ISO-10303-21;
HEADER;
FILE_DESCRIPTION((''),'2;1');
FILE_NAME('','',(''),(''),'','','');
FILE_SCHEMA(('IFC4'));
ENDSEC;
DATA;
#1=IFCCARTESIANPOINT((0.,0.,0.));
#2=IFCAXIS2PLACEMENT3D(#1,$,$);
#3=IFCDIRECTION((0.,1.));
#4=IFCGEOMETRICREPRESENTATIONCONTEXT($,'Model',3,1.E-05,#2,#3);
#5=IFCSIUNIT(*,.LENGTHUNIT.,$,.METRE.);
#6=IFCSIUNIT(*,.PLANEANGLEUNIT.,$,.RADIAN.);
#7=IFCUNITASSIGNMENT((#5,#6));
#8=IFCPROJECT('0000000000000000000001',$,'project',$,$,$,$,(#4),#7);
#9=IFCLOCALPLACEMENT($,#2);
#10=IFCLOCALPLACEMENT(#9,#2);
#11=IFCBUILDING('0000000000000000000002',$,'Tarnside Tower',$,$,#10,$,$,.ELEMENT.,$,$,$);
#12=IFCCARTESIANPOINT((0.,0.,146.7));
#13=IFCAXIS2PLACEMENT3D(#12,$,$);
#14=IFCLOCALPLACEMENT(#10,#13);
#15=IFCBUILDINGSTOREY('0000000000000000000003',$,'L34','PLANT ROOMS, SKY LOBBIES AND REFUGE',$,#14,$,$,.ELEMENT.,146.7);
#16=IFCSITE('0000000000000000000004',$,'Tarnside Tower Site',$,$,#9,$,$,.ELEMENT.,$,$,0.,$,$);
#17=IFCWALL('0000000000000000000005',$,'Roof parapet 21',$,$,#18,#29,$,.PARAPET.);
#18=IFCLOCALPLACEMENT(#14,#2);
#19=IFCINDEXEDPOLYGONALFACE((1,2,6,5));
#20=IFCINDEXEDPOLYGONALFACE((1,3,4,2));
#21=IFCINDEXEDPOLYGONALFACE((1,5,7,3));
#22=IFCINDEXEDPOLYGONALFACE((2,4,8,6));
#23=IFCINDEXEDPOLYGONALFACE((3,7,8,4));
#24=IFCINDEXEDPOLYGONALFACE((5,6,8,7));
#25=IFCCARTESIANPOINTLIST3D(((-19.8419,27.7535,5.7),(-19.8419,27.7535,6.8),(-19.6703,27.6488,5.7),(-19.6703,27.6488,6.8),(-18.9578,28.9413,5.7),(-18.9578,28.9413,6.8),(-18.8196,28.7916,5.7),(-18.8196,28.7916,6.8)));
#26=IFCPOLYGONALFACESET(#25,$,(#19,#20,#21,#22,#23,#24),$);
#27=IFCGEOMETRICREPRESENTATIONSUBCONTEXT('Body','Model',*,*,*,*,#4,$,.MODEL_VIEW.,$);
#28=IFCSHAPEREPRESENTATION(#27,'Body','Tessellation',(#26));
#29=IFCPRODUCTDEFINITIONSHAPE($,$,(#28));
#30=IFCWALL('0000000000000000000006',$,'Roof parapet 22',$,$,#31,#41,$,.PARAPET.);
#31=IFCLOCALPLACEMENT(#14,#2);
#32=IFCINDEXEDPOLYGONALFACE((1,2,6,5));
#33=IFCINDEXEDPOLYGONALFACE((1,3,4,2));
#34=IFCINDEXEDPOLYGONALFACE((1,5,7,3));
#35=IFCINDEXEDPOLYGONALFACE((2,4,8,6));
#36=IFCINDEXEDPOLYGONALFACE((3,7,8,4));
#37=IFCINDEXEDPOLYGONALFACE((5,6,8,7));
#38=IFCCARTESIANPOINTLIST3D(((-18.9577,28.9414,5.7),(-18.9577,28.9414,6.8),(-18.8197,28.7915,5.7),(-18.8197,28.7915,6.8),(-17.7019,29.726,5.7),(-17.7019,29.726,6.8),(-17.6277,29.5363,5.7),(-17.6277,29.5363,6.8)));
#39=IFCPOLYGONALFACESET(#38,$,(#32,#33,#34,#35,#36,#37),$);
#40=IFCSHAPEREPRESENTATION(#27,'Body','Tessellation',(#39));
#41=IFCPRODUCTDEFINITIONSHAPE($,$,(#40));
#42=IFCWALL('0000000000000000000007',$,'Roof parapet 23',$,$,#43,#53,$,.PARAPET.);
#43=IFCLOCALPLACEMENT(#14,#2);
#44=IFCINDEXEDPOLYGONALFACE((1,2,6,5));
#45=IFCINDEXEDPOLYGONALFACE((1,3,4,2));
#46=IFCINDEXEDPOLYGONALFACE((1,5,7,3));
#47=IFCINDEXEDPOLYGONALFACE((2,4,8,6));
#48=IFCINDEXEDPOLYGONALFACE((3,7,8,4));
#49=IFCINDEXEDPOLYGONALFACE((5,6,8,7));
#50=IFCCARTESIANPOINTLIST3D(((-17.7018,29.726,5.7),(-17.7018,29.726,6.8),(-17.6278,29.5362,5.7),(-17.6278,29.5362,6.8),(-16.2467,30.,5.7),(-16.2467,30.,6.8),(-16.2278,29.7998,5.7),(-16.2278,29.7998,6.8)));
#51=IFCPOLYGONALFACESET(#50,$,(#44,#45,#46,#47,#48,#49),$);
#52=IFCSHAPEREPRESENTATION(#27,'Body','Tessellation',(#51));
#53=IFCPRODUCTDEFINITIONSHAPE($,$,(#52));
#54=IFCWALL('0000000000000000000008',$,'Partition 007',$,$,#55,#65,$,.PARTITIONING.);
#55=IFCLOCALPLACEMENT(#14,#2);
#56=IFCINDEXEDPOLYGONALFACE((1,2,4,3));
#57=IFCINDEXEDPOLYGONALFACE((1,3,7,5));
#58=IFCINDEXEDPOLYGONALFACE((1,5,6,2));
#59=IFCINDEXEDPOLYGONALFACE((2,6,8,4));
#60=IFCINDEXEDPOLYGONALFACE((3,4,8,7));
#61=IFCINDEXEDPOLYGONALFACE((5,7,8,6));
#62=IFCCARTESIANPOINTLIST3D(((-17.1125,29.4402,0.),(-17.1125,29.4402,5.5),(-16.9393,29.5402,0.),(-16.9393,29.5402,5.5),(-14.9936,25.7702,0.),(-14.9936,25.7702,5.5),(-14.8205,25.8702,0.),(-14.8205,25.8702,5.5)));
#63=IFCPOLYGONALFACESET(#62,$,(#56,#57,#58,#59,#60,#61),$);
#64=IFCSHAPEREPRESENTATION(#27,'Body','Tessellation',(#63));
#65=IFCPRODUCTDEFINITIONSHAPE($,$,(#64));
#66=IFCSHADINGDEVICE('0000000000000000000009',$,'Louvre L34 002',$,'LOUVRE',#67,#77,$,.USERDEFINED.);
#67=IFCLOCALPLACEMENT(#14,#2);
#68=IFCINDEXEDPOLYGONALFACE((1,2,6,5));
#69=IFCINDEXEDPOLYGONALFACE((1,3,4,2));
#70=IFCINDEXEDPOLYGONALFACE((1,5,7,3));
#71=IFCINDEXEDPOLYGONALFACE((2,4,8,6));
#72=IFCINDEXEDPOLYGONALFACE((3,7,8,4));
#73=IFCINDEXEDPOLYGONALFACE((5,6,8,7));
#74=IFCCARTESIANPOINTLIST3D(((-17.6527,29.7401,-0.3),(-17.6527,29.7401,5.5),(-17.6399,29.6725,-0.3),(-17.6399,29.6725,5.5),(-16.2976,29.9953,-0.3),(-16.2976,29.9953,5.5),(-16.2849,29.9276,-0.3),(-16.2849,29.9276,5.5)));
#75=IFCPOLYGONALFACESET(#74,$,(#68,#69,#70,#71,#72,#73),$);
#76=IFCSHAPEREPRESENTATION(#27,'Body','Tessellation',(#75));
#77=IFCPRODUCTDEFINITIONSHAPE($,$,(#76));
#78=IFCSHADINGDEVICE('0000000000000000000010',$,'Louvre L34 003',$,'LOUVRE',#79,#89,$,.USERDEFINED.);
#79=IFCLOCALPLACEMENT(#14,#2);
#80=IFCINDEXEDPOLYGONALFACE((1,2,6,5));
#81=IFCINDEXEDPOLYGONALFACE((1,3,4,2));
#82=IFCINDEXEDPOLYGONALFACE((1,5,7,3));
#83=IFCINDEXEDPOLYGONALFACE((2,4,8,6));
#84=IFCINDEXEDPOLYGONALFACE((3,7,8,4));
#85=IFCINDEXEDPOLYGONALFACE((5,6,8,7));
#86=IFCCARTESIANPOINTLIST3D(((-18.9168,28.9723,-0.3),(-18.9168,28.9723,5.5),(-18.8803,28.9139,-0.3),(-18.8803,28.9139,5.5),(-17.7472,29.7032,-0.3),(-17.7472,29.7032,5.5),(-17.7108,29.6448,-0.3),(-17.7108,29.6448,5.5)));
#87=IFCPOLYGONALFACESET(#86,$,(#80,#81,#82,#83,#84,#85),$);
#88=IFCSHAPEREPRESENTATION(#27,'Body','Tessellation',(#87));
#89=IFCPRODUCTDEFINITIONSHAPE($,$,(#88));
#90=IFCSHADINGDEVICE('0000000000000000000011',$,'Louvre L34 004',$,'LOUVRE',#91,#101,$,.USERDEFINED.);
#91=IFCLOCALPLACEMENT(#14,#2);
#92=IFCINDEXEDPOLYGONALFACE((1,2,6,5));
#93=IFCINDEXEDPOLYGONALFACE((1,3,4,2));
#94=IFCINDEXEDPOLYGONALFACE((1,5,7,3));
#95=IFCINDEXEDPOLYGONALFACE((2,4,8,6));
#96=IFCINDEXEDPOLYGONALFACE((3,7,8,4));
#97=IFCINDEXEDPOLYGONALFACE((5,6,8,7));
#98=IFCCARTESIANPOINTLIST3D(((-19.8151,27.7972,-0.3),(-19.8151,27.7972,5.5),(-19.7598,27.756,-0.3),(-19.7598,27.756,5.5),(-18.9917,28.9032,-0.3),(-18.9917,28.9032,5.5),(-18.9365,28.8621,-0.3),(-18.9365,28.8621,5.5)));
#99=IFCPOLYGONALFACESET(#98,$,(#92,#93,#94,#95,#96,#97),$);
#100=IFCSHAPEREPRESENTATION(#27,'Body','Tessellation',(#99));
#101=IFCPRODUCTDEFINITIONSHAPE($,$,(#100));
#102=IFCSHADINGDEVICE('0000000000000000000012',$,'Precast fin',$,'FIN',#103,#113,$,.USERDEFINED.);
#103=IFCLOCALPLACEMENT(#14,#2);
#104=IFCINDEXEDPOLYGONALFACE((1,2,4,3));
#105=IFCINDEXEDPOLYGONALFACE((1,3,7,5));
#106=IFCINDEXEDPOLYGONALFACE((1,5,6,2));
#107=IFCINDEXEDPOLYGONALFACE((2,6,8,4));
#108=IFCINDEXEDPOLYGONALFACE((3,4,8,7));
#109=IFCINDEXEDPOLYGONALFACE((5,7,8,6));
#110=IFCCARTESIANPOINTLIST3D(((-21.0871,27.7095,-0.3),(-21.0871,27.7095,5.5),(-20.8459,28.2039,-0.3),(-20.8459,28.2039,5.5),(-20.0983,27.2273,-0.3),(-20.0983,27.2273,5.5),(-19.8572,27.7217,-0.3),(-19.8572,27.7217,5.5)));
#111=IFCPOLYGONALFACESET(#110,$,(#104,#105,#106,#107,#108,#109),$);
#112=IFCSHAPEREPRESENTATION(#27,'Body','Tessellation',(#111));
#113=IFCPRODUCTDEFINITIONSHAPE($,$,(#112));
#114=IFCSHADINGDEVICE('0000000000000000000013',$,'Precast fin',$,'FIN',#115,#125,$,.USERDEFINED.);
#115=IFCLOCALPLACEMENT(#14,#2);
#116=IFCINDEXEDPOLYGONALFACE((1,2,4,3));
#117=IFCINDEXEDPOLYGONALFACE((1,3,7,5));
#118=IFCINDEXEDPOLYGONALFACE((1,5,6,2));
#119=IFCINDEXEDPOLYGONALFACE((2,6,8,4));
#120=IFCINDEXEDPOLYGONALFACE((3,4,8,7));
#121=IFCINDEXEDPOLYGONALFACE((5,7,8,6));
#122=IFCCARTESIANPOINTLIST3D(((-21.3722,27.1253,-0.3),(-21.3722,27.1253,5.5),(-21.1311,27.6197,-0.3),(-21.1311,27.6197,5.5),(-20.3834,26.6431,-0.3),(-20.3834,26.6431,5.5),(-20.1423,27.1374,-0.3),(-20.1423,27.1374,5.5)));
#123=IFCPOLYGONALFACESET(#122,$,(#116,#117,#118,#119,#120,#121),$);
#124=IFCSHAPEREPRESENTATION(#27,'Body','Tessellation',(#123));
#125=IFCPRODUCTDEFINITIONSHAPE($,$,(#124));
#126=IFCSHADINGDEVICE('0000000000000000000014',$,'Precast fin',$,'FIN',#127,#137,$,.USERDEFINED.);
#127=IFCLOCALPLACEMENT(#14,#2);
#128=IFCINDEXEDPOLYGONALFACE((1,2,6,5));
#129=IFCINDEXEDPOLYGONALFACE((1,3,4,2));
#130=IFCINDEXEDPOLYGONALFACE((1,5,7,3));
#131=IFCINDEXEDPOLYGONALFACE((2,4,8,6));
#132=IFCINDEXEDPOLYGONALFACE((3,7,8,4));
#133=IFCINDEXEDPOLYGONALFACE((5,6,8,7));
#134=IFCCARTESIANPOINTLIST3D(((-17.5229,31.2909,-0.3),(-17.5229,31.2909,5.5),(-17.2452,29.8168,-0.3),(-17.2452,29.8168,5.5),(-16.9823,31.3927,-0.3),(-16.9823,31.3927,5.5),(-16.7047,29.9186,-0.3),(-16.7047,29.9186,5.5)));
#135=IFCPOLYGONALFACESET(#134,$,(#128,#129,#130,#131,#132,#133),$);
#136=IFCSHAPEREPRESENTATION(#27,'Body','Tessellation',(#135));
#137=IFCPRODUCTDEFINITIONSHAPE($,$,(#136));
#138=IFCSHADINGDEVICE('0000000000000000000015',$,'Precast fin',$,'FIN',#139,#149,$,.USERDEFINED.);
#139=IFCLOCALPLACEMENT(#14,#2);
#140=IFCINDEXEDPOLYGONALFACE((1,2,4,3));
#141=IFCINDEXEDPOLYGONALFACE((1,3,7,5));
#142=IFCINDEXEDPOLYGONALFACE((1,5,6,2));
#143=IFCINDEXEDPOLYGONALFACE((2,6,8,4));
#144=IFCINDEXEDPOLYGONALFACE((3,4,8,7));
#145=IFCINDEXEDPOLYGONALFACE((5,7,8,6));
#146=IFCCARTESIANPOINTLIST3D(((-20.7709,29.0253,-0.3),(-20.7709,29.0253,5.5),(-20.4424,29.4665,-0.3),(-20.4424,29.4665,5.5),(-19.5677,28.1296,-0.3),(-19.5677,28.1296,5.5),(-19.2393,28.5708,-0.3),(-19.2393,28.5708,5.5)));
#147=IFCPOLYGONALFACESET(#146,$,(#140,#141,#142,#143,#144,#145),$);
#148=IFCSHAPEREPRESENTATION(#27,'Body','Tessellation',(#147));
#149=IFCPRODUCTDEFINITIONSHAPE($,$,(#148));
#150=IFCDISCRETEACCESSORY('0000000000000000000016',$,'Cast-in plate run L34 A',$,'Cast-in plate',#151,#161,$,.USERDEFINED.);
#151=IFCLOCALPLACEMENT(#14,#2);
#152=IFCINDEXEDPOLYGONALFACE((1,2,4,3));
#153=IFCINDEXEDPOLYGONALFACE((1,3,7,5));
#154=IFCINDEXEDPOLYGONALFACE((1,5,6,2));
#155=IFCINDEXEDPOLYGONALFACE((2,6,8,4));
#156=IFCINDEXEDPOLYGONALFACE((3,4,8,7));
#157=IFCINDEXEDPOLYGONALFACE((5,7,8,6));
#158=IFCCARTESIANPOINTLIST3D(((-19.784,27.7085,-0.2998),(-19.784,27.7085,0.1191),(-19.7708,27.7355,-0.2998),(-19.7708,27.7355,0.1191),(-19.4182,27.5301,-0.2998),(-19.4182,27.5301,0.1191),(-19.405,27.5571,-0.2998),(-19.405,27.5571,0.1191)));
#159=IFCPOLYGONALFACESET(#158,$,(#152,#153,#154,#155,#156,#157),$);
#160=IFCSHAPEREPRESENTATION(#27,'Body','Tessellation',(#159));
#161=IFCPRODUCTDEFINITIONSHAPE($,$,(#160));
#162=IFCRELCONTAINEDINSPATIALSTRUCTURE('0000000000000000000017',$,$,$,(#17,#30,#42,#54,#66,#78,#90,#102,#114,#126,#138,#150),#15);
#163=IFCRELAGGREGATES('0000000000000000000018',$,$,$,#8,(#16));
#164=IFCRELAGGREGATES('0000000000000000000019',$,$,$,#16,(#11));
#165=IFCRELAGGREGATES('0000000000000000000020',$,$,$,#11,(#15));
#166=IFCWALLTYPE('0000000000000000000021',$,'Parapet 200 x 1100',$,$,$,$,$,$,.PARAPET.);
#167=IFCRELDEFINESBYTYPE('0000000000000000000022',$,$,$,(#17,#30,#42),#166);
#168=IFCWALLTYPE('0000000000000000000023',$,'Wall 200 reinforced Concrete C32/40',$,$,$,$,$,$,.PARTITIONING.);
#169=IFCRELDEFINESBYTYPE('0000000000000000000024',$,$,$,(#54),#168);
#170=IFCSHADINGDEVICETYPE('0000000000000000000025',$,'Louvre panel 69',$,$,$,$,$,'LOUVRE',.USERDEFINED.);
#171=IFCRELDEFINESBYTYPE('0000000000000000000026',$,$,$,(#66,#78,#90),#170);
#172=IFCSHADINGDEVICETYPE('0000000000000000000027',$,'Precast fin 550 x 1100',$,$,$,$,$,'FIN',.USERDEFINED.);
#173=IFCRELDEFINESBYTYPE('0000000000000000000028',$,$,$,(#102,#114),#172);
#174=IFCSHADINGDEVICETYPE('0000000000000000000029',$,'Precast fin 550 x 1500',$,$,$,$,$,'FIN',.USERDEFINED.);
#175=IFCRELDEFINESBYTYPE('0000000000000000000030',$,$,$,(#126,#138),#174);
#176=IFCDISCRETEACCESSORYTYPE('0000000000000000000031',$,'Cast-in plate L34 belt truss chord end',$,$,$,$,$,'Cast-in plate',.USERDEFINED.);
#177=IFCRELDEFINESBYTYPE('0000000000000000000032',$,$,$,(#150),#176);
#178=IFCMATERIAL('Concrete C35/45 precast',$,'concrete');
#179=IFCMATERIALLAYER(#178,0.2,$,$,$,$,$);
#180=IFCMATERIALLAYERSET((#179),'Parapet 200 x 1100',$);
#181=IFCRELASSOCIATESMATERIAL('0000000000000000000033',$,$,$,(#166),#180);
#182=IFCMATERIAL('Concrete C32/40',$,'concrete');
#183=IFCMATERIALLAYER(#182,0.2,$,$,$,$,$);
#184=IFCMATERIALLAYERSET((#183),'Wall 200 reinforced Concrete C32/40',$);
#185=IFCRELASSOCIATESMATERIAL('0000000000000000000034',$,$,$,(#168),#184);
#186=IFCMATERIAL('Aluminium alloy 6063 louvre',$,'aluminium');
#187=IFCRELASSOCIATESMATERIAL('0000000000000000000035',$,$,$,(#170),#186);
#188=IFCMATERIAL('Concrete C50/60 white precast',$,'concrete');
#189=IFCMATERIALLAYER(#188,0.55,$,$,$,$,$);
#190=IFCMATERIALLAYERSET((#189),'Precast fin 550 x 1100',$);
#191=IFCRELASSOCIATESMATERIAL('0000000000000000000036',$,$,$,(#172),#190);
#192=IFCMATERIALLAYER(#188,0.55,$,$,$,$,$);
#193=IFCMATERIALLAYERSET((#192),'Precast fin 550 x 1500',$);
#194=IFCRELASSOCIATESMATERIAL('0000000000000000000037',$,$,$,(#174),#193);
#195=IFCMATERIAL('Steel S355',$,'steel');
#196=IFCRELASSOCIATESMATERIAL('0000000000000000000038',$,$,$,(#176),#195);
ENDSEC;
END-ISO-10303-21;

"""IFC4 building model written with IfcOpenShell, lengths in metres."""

from ifc_helpers import new_model, si_unit, direction, frame, frame_2d, origin, origin_2d, place, context, subcontext, project, spatial, polyline, rectangle, outline, extrude, material, layer, layer_set, type_object, element, save


model = new_model("IFC4")

# Units and contexts
model_context = context("Model", 3, precision=1e-05, world=origin(), true_north=direction((0.0, 1.0)))
body_context = subcontext(model_context, "Body", "Model", "MODEL_VIEW")
ifc_project = project(units=[si_unit("LENGTHUNIT", "METRE"), si_unit("PLANEANGLEUNIT", "RADIAN")], contexts=[model_context])

# Site, building, storey
site_placement = place(None, origin())
site = spatial("IfcSite", under=ifc_project, at=site_placement, Name="Tarnside Tower Site", CompositionType="ELEMENT", RefElevation=0.0)
building_placement = place(site_placement, origin())
building = spatial("IfcBuilding", under=site, at=building_placement, Name="Tarnside Tower", CompositionType="ELEMENT")
storey_placement = place(building_placement, frame((0.0, 0.0, 146.7)))
storey = spatial("IfcBuildingStorey", under=building, at=storey_placement, Name="L34", Description="PLANT ROOMS, SKY LOBBIES AND REFUGE", CompositionType="ELEMENT", Elevation=146.7)

# Shared definitions
ifc_material_1 = material(Name="Steel S355", Category="steel")

# Walls
ifc_material_2 = material(Name="Concrete C35/45 precast", Category="concrete")
ifc_layer_1 = layer(ifc_material_2, 0.2)
ifc_layer_set_1 = layer_set([ifc_layer_1], Name="Parapet 200 x 1100")
wall_type_1 = type_object("IfcWallType", Name="Parapet 200 x 1100", PredefinedType="PARAPET", material=ifc_layer_set_1)
wall_1_placement = place(storey_placement, frame((-19.7561, 27.7012, 5.7), z_axis=(0.0, 0.0, 1.0), x_axis=(0.597119, 0.802153, 0.0)))
element("IfcWall", 1, at=wall_1_placement, inside=storey, type_object=wall_type_1, Name="Roof parapet 21", PredefinedType="PARAPET", context=body_context, shape_type="SweptSolid", body=[
    extrude(outline(polyline([(0.0093, -0.1001), (1.4338, -0.1001), (1.4714, 0.1001), (-0.0093, 0.1001), (0.0093, -0.1001)])), origin(), (0.0, 0.0, 1.0), 1.1001),
])
wall_2_placement = place(storey_placement, frame((-18.8887, 28.8665, 5.7), z_axis=(0.0, 0.0, 1.0), x_axis=(0.848084, 0.529862, 0.0)))
element("IfcWall", 2, at=wall_2_placement, inside=storey, type_object=wall_type_1, Name="Roof parapet 22", PredefinedType="PARAPET", context=body_context, shape_type="SweptSolid", body=[
    extrude(outline(polyline([(0.0188, -0.1001), (1.4243, -0.1001), (1.4619, 0.1001), (-0.0188, 0.1001), (0.0188, -0.1001)])), origin(), (0.0, 0.0, 1.0), 1.1001),
])
wall_3_placement = place(storey_placement, frame((-17.6648, 29.6311, 5.7), z_axis=(0.0, 0.0, 1.0), x_axis=(0.982729, 0.18505, 0.0)))
element("IfcWall", 3, at=wall_3_placement, inside=storey, type_object=wall_type_1, Name="Roof parapet 23", PredefinedType="PARAPET", context=body_context, shape_type="SweptSolid", body=[
    extrude(outline(polyline([(0.0188, -0.1001), (1.4434, -0.1001), (1.4619, 0.1001), (-0.0188, 0.1001), (0.0188, -0.1001)])), origin(), (0.0, 0.0, 1.0), 1.1001),
])
ifc_material_3 = material(Name="Concrete C32/40", Category="concrete")
ifc_layer_2 = layer(ifc_material_3, 0.2)
ifc_layer_set_2 = layer_set([ifc_layer_2], Name="Wall 200 reinforced Concrete C32/40")
wall_type_2 = type_object("IfcWallType", Name="Wall 200 reinforced Concrete C32/40", PredefinedType="PARTITIONING", material=ifc_layer_set_2)
wall_4_placement = place(storey_placement, frame((-17.0259, 29.4902, 0.0), z_axis=(0.0, 0.0, 1.0), x_axis=(0.499987, -0.866033, 0.0)))
element("IfcWall", 4, at=wall_4_placement, inside=storey, type_object=wall_type_2, Name="Partition 007", PredefinedType="PARTITIONING", context=body_context, shape_type="SweptSolid", body=[
    extrude(rectangle(XDim=4.2378, YDim=0.2, at=frame_2d((2.1189, 0.0))), origin(), (0.0, 0.0, 1.0), 5.5),
])

# Shading devices
ifc_material_4 = material(Name="Aluminium alloy 6063 louvre", Category="aluminium")
shading_device_type_1 = type_object("IfcShadingDeviceType", Name="Louvre panel 69", ElementType="LOUVRE", PredefinedType="USERDEFINED", material=ifc_material_4)
shading_device_1_placement = place(storey_placement, frame((-16.9624, 29.8, -0.3), z_axis=(0.982725, 0.185072, 0.0), x_axis=(-0.185072, 0.982725, 0.0)))
element("IfcShadingDevice", 5, at=shading_device_1_placement, inside=storey, type_object=shading_device_type_1, Name="Louvre L34 002", ObjectType="LOUVRE", PredefinedType="USERDEFINED", context=body_context, shape_type="SweptSolid", body=[
    extrude(outline(polyline([(0.0, 0.0), (0.0688, 0.0), (0.0688, 5.8), (0.0, 5.8), (0.0, 0.0)])), frame((0.0, 0.0, -0.6895)), (0.0, 0.0, 1.0), 1.3789),
])
shading_device_2_placement = place(storey_placement, frame((-18.2957, 29.2793, -0.3), z_axis=(0.848043, 0.529927, 0.0), x_axis=(-0.529927, 0.848043, 0.0)))
element("IfcShadingDevice", 6, at=shading_device_2_placement, inside=storey, type_object=shading_device_type_1, Name="Louvre L34 003", ObjectType="LOUVRE", PredefinedType="USERDEFINED", context=body_context, shape_type="SweptSolid", body=[
    extrude(outline(polyline([(0.0, 0.0), (0.0688, 0.0), (0.0688, 5.8), (0.0, 5.8), (0.0, 0.0)])), frame((0.0, 0.0, -0.6895)), (0.0, 0.0, 1.0), 1.3792),
])
shading_device_3_placement = place(storey_placement, frame((-19.3481, 28.3091, -0.3), z_axis=(0.59713, 0.802144, 0.0), x_axis=(-0.802144, 0.59713, 0.0)))
element("IfcShadingDevice", 7, at=shading_device_3_placement, inside=storey, type_object=shading_device_type_1, Name="Louvre L34 004", ObjectType="LOUVRE", PredefinedType="USERDEFINED", context=body_context, shape_type="SweptSolid", body=[
    extrude(outline(polyline([(0.0, 0.0), (0.0688, 0.0), (0.0688, 5.8), (0.0, 5.8), (0.0, 0.0)])), frame((0.0, 0.0, -0.6895)), (0.0, 0.0, 1.0), 1.3789),
])
ifc_material_5 = material(Name="Concrete C50/60 white precast", Category="concrete")
ifc_layer_3 = layer(ifc_material_5, 0.55)
ifc_layer_set_3 = layer_set([ifc_layer_3], Name="Precast fin 550 x 1100")
shading_device_type_2 = type_object("IfcShadingDeviceType", Name="Precast fin 550 x 1100", ElementType="FIN", PredefinedType="USERDEFINED", material=ifc_layer_set_3)
for number, where, z_axis, x_axis, name in (
    (8, (-19.9778, 27.4744, -0.3), (0.438371, 0.898794, 0.0), (-0.898794, 0.438371, 0.0), "Precast fin"),
    (9, (-20.2629, 26.8901, -0.3), (0.438371, 0.898794, 0.0), (-0.898794, 0.438371, 0.0), "Precast fin"),
):
    element("IfcShadingDevice", number, at=place(storey_placement, frame(where, z_axis=z_axis, x_axis=x_axis)), inside=storey, type_object=shading_device_type_2, Name=name, ObjectType="FIN", PredefinedType="USERDEFINED", context=body_context, shape_type="SweptSolid", body=[
        extrude(outline(polyline([(0.0, 0.0), (1.1001, 0.0), (1.1001, 5.8), (0.0, 5.8), (0.0, 0.0)])), frame((0.0, 0.0, -0.2749)), (0.0, 0.0, 1.0), 0.55),
    ])
ifc_layer_4 = layer(ifc_material_5, 0.55)
ifc_layer_set_4 = layer_set([ifc_layer_4], Name="Precast fin 550 x 1500")
shading_device_type_3 = type_object("IfcShadingDeviceType", Name="Precast fin 550 x 1500", ElementType="FIN", PredefinedType="USERDEFINED", material=ifc_layer_set_4)
for number, where, z_axis, x_axis, name in (
    (10, (-16.9751, 29.8677, -0.3), (0.982721, 0.185095, 0.0), (-0.185095, 0.982721, 0.0), "Precast fin"),
    (11, (-19.4036, 28.3501, -0.3), (0.597159, 0.802123, 0.0), (-0.802123, 0.597159, 0.0), "Precast fin"),
):
    element("IfcShadingDevice", number, at=place(storey_placement, frame(where, z_axis=z_axis, x_axis=x_axis)), inside=storey, type_object=shading_device_type_3, Name=name, ObjectType="FIN", PredefinedType="USERDEFINED", context=body_context, shape_type="SweptSolid", body=[
        extrude(outline(polyline([(0.0, 0.0), (1.5, 0.0), (1.5, 5.8), (0.0, 5.8), (0.0, 0.0)])), frame((0.0, 0.0, -0.2749)), (0.0, 0.0, 1.0), 0.55),
    ])

# Discrete accessory
discrete_accessory_type = type_object("IfcDiscreteAccessoryType", Name="Cast-in plate L34 belt truss chord end", ElementType="Cast-in plate", PredefinedType="USERDEFINED", material=ifc_material_1)
discrete_accessory_placement = place(storey_placement, frame((-19.5945, 27.6328, -0.2998), z_axis=(0.0, 0.0, 1.0), x_axis=(-0.438371, -0.898794, 0.0)))
element("IfcDiscreteAccessory", 12, at=discrete_accessory_placement, inside=storey, type_object=discrete_accessory_type, Name="Cast-in plate run L34 A", ObjectType="Cast-in plate", PredefinedType="USERDEFINED", context=body_context, shape_type="SweptSolid", body=[
    extrude(rectangle(XDim=0.03, YDim=0.407, at=origin_2d()), origin(), (0.0, 0.0, 1.0), 0.4189),
])

save(model, "model.ifc")
